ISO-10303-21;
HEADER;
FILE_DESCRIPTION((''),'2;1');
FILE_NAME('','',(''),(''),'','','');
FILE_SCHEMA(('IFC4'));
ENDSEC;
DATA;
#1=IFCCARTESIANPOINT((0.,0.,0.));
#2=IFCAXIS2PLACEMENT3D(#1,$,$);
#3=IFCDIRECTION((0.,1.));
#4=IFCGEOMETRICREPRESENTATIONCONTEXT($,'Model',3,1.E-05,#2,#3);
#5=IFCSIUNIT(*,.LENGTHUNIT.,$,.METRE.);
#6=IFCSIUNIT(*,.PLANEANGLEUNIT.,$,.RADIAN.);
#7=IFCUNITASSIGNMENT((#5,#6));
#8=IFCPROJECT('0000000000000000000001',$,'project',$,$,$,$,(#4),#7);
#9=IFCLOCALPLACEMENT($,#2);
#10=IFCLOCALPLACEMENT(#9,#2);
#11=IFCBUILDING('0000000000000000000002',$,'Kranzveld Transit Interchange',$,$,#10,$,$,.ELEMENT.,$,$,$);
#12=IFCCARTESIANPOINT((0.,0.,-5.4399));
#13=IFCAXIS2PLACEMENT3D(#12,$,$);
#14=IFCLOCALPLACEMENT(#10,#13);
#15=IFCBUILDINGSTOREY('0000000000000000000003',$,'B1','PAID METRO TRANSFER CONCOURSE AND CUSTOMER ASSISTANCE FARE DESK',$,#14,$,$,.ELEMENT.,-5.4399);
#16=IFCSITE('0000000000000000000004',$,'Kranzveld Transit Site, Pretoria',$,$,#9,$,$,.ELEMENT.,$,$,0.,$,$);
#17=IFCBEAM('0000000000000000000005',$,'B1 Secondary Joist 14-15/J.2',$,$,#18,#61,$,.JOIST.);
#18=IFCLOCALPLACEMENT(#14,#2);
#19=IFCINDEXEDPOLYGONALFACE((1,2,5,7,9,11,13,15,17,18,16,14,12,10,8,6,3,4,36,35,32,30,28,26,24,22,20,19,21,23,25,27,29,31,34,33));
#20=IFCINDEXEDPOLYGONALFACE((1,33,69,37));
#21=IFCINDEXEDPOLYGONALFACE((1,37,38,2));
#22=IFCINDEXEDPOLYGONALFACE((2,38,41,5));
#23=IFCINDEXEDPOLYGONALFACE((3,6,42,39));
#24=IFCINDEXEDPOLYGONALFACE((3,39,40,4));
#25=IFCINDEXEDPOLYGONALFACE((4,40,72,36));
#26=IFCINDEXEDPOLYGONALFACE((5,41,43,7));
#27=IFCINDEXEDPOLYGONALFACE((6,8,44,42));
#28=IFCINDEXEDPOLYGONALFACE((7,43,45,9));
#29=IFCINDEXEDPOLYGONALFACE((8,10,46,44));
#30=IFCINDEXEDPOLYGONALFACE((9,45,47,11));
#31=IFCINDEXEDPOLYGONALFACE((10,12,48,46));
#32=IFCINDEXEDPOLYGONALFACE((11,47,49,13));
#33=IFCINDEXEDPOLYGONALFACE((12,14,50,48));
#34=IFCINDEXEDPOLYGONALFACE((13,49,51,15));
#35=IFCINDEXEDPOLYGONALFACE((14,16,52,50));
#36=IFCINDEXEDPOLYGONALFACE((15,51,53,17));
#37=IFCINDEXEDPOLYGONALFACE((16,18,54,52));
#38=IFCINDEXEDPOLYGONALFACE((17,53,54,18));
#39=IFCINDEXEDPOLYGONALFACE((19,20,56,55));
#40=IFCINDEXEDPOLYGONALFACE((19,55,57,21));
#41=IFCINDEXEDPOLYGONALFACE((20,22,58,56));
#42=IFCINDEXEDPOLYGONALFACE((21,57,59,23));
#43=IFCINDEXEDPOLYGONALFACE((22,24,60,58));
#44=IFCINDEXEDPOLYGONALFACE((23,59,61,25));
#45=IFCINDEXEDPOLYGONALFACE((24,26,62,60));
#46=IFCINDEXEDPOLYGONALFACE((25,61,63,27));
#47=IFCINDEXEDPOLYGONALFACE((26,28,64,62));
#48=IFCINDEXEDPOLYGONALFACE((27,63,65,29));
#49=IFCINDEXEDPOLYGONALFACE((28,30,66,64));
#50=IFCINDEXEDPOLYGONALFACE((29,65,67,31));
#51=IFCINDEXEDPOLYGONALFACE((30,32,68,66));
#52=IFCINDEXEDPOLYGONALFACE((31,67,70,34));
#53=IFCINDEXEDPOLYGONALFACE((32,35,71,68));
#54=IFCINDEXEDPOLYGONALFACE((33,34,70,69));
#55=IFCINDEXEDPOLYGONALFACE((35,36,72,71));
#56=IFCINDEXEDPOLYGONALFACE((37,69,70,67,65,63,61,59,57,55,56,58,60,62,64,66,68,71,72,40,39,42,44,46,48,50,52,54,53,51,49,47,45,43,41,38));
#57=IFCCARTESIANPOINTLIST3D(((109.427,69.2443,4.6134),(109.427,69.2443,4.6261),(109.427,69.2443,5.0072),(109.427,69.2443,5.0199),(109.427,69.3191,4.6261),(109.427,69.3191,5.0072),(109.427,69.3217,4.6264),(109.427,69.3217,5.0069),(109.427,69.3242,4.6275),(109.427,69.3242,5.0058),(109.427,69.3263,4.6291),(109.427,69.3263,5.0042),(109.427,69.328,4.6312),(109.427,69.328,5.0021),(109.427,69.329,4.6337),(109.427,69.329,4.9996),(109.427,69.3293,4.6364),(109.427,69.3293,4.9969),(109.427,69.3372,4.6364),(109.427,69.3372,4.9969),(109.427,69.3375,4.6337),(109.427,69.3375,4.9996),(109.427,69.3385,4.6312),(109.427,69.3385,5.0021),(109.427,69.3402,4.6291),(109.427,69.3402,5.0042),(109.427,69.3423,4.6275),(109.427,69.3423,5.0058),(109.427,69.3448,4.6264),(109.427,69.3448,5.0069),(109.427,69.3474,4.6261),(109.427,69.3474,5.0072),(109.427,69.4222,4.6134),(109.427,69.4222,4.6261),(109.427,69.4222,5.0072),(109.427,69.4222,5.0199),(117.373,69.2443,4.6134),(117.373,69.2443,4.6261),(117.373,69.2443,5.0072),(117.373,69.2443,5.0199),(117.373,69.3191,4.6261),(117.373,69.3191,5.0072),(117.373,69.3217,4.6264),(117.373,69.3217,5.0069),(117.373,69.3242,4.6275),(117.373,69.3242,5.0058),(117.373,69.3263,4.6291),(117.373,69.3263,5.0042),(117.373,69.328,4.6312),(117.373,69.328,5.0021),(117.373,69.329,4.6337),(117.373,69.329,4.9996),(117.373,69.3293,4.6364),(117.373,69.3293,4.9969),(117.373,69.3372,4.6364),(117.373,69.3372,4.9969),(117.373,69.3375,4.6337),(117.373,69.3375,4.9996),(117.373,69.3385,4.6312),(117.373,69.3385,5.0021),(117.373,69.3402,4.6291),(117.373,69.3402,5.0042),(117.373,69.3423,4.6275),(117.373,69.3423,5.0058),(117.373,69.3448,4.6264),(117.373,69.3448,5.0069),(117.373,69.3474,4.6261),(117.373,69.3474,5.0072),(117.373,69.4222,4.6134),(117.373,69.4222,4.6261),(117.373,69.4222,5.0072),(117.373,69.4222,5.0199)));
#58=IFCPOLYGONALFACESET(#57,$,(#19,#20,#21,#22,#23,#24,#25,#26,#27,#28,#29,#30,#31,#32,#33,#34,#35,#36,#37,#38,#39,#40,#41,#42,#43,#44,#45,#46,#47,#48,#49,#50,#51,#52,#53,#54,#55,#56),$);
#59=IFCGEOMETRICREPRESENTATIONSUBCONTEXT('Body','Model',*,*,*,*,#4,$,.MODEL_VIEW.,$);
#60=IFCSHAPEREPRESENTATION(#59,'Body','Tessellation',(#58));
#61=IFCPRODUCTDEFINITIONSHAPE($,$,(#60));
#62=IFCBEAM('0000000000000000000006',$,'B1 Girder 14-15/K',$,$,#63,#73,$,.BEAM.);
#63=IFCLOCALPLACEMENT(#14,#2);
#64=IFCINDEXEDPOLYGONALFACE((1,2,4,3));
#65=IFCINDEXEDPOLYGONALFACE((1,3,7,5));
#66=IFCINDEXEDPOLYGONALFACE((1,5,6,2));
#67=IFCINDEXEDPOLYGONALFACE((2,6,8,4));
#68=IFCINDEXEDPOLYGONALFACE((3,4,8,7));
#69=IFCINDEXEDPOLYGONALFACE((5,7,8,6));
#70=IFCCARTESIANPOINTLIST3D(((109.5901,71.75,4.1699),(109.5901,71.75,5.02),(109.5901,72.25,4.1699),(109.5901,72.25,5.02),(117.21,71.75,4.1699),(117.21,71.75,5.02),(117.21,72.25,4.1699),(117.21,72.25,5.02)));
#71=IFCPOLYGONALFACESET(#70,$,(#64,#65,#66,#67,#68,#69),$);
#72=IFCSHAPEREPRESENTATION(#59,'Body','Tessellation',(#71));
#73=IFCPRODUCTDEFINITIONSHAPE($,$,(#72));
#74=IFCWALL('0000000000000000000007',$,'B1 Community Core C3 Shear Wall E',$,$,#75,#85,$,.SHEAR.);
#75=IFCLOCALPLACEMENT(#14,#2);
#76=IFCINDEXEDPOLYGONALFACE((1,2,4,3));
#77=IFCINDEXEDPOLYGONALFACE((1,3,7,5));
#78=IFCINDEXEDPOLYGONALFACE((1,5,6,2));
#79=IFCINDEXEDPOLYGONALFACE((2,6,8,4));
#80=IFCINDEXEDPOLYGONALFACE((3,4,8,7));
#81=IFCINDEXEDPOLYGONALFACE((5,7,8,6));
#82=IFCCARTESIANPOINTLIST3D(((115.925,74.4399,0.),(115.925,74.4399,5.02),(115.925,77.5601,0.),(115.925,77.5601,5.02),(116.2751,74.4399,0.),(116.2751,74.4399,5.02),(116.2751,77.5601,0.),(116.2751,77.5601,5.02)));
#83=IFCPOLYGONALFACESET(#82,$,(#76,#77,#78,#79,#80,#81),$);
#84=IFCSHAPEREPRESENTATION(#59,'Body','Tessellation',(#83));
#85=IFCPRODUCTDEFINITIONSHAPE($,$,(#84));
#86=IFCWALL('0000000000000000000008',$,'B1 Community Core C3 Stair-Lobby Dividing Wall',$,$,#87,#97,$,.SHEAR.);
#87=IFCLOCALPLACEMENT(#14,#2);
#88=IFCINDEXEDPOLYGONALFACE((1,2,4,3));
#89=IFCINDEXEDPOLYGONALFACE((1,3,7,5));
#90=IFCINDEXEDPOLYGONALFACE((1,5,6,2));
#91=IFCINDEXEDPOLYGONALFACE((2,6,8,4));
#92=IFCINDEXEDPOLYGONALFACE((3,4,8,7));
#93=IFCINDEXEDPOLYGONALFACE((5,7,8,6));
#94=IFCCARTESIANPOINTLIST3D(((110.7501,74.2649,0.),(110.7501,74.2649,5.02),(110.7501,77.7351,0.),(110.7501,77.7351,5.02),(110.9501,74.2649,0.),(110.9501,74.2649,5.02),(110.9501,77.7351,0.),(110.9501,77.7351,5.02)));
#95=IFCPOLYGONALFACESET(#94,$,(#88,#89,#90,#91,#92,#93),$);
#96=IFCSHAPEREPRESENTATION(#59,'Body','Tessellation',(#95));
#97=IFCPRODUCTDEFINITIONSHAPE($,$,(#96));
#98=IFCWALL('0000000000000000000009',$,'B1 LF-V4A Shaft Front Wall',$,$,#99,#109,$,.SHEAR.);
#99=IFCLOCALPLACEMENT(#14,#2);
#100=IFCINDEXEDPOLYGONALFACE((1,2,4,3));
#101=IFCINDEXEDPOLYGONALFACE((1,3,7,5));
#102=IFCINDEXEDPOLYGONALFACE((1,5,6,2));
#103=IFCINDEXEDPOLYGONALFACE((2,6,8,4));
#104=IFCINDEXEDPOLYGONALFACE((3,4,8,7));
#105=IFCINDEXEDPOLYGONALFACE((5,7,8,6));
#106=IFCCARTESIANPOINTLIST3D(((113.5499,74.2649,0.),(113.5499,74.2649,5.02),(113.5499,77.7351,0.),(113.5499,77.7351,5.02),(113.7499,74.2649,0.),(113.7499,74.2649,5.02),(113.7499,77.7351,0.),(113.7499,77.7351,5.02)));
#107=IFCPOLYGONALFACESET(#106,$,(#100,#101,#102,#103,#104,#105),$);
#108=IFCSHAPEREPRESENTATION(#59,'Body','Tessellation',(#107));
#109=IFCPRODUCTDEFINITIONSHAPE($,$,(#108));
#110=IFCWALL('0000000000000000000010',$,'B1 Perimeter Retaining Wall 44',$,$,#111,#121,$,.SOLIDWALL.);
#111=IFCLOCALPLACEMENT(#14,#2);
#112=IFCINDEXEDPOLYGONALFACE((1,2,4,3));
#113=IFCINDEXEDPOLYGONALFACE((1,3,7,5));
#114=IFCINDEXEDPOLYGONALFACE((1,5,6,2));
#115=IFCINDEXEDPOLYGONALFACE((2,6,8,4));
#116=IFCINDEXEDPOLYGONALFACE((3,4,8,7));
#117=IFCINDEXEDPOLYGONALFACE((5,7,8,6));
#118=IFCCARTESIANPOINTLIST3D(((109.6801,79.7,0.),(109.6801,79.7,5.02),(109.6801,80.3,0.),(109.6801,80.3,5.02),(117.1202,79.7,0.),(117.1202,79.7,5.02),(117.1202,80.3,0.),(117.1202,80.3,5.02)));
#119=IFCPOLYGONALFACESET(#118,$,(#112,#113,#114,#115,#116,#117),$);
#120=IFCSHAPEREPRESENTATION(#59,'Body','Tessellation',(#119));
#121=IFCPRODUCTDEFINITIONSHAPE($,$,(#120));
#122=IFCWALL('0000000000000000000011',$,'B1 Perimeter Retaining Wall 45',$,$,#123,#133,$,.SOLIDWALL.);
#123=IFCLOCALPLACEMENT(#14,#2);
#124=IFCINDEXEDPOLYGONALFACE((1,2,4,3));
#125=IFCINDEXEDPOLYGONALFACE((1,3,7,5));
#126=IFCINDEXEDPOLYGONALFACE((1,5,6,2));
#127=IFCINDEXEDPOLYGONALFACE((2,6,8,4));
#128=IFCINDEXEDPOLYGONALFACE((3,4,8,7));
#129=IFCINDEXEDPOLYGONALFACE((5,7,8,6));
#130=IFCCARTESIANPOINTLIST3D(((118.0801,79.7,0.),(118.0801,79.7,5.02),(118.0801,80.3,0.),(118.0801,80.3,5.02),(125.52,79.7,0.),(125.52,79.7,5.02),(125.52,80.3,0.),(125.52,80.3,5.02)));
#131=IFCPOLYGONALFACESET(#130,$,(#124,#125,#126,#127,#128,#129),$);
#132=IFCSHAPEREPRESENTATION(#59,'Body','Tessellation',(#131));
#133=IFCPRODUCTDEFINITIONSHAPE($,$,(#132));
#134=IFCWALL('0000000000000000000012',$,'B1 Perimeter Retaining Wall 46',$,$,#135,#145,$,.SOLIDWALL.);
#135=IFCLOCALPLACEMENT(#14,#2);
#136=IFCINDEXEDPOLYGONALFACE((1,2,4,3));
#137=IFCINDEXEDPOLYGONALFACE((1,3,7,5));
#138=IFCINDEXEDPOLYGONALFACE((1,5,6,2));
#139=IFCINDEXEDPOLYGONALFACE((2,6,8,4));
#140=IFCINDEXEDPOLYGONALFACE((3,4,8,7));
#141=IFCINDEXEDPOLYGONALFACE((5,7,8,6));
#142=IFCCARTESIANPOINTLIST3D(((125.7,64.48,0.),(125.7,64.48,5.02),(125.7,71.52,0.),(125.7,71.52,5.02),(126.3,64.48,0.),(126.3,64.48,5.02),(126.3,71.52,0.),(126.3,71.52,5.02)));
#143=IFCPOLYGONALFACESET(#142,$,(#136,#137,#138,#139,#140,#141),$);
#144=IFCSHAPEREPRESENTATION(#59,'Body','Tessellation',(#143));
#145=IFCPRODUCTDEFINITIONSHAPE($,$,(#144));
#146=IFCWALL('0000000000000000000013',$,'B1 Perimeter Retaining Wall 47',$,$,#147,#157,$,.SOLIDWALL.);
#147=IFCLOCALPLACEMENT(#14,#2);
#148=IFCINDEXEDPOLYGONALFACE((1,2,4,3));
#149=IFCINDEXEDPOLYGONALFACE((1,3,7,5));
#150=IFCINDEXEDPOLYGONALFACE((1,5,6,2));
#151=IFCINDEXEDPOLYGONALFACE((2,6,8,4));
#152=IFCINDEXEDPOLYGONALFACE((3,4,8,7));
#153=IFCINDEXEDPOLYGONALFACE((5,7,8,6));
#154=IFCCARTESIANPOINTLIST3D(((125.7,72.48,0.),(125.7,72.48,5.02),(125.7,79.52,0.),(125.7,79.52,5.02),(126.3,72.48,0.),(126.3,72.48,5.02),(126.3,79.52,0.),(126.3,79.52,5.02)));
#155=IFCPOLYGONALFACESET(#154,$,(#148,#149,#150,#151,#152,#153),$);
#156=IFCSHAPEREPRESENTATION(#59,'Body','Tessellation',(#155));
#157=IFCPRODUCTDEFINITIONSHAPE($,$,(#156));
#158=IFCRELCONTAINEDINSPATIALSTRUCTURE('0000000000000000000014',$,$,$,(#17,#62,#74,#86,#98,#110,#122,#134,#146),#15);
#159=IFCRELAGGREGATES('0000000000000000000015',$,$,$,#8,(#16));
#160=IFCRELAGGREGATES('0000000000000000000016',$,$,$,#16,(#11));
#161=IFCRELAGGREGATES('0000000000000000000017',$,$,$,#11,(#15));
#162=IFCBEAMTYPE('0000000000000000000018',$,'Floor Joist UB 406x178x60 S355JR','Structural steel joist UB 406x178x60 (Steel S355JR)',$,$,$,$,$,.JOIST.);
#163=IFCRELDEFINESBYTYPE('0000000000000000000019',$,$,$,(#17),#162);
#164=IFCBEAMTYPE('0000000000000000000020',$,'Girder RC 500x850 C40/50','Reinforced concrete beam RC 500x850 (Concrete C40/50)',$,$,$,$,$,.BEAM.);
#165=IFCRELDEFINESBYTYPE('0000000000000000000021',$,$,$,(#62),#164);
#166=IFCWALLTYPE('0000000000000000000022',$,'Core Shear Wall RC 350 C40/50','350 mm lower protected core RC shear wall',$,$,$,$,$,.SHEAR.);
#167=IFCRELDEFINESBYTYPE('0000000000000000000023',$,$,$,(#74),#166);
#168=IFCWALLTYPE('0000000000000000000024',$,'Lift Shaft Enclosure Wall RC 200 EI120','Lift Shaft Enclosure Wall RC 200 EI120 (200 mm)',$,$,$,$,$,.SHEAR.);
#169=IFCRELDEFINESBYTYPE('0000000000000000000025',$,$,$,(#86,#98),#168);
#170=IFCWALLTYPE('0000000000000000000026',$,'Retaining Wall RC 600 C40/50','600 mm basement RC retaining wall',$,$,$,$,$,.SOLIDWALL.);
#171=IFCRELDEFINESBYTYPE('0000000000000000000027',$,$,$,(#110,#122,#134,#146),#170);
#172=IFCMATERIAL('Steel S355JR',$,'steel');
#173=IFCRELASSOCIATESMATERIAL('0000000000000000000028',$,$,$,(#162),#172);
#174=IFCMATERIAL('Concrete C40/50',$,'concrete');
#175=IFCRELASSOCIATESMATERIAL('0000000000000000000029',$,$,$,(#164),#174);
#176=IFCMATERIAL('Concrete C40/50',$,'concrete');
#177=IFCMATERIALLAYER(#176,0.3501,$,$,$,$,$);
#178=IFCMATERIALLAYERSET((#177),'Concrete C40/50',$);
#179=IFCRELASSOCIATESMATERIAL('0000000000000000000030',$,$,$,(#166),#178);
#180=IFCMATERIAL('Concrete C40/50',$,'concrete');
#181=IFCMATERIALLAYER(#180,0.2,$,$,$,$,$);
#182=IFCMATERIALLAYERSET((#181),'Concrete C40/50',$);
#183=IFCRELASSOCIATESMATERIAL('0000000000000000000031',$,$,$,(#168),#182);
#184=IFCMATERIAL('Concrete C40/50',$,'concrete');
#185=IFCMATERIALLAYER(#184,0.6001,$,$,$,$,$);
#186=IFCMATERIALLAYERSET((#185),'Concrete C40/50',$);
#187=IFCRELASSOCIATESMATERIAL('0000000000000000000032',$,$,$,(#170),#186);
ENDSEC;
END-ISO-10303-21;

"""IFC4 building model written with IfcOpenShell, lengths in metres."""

from ifc_helpers import new_model, si_unit, direction, frame, frame_2d, origin, origin_2d, place, context, subcontext, project, spatial, rectangle, i_section, extrude, material, layer, layer_set, material_profile, profile_set, type_object, element, save


model = new_model("IFC4")

# Units and contexts
model_context = context("Model", 3, precision=1e-05, world=origin(), true_north=direction((0.0, 1.0)))
body_context = subcontext(model_context, "Body", "Model", "MODEL_VIEW")
ifc_project = project(units=[si_unit("LENGTHUNIT", "METRE"), si_unit("PLANEANGLEUNIT", "RADIAN")], contexts=[model_context])

# Site, building, storey
site_placement = place(None, origin())
site = spatial("IfcSite", under=ifc_project, at=site_placement, Name="Kranzveld Transit Site, Pretoria", CompositionType="ELEMENT", RefElevation=0.0)
building_placement = place(site_placement, origin())
building = spatial("IfcBuilding", under=site, at=building_placement, Name="Kranzveld Transit Interchange", CompositionType="ELEMENT")
storey_placement = place(building_placement, frame((0.0, 0.0, -5.4399)))
storey = spatial("IfcBuildingStorey", under=building, at=storey_placement, Name="B1", Description="PAID METRO TRANSFER CONCOURSE AND CUSTOMER ASSISTANCE FARE DESK", CompositionType="ELEMENT", Elevation=-5.4399)

# Beams
ifc_material_1 = material(Name="Steel S355JR", Category="steel")
ifc_material_profile_1 = material_profile(ifc_material_1, i_section(OverallWidth=0.178, OverallDepth=0.4065, WebThickness=0.0078, FlangeThickness=0.0127, FilletRadius=0.0103, at=origin_2d()), Name="UB 406x178x60")
ifc_profile_set_1 = profile_set([ifc_material_profile_1], Name="Steel S355JR")
beam_type_1 = type_object("IfcBeamType", Name="Floor Joist UB 406x178x60 S355JR", Description="Structural steel joist UB 406x178x60 (Steel S355JR)", PredefinedType="JOIST", material=ifc_profile_set_1)
for number, where, z_axis, x_axis, name in (
    (1, (109.427, 69.3333, 4.8167), (1.0, 0.0, 0.0), (0.0, 1.0, 0.0), "B1 Secondary Joist 14-15/J.2"),
):
    element("IfcBeam", number, at=place(storey_placement, frame(where, z_axis=z_axis, x_axis=x_axis)), inside=storey, type_object=beam_type_1, Name=name, PredefinedType="JOIST", context=body_context, shape_type="SweptSolid", body=[
        extrude(i_section(OverallWidth=0.178, OverallDepth=0.4065, WebThickness=0.0078, FlangeThickness=0.0127, FilletRadius=0.0103, at=origin_2d()), origin(), (0.0, 0.0, 1.0), 7.946),
    ])
ifc_material_2 = material(Name="Concrete C40/50", Category="concrete")
ifc_material_profile_2 = material_profile(ifc_material_2, rectangle(XDim=0.5, YDim=0.8501, at=origin_2d()), Name="RC 500x850")
ifc_profile_set_2 = profile_set([ifc_material_profile_2], Name="Concrete C40/50")
beam_type_2 = type_object("IfcBeamType", Name="Girder RC 500x850 C40/50", Description="Reinforced concrete beam RC 500x850 (Concrete C40/50)", PredefinedType="BEAM", material=ifc_profile_set_2)
beam_1_placement = place(storey_placement, frame((109.5901, 72.0, 4.595), z_axis=(1.0, 0.0, 0.0), x_axis=(0.0, 1.0, 0.0)))
element("IfcBeam", 2, at=beam_1_placement, inside=storey, type_object=beam_type_2, Name="B1 Girder 14-15/K", PredefinedType="BEAM", context=body_context, shape_type="SweptSolid", body=[
    extrude(rectangle(XDim=0.5, YDim=0.8501, at=origin_2d()), origin(), (0.0, 0.0, 1.0), 7.6199),
])

# Walls
ifc_material_3 = material(Name="Concrete C40/50", Category="concrete")
ifc_layer_1 = layer(ifc_material_3, 0.3501)
ifc_layer_set_1 = layer_set([ifc_layer_1], Name="Concrete C40/50")
wall_type_1 = type_object("IfcWallType", Name="Core Shear Wall RC 350 C40/50", Description="350 mm lower protected core RC shear wall", PredefinedType="SHEAR", material=ifc_layer_set_1)
wall_1_placement = place(storey_placement, frame((116.1001, 74.4399, 0.0), z_axis=(0.0, 0.0, 1.0), x_axis=(0.0, 1.0, 0.0)))
element("IfcWall", 3, at=wall_1_placement, inside=storey, type_object=wall_type_1, Name="B1 Community Core C3 Shear Wall E", PredefinedType="SHEAR", context=body_context, shape_type="SweptSolid", body=[
    extrude(rectangle(XDim=3.1201, YDim=0.3501, at=frame_2d((1.5601, 0.0))), origin(), (0.0, 0.0, 1.0), 5.02),
])
ifc_material_4 = material(Name="Concrete C40/50", Category="concrete")
ifc_layer_2 = layer(ifc_material_4, 0.2)
ifc_layer_set_2 = layer_set([ifc_layer_2], Name="Concrete C40/50")
wall_type_2 = type_object("IfcWallType", Name="Lift Shaft Enclosure Wall RC 200 EI120", Description="Lift Shaft Enclosure Wall RC 200 EI120 (200 mm)", PredefinedType="SHEAR", material=ifc_layer_set_2)
for number, where, z_axis, x_axis, name in (
    (4, (110.8501, 74.2649, 0.0), (0.0, 0.0, 1.0), (0.0, 1.0, 0.0), "B1 Community Core C3 Stair-Lobby Dividing Wall"),
    (5, (113.6499, 74.2649, 0.0), (0.0, 0.0, 1.0), (0.0, 1.0, 0.0), "B1 LF-V4A Shaft Front Wall"),
):
    element("IfcWall", number, at=place(storey_placement, frame(where, z_axis=z_axis, x_axis=x_axis)), inside=storey, type_object=wall_type_2, Name=name, PredefinedType="SHEAR", context=body_context, shape_type="SweptSolid", body=[
        extrude(rectangle(XDim=3.4702, YDim=0.2, at=frame_2d((1.7351, 0.0))), origin(), (0.0, 0.0, 1.0), 5.02),
    ])
ifc_material_5 = material(Name="Concrete C40/50", Category="concrete")
ifc_layer_3 = layer(ifc_material_5, 0.6001)
ifc_layer_set_3 = layer_set([ifc_layer_3], Name="Concrete C40/50")
wall_type_3 = type_object("IfcWallType", Name="Retaining Wall RC 600 C40/50", Description="600 mm basement RC retaining wall", PredefinedType="SOLIDWALL", material=ifc_layer_set_3)
wall_2_placement = place(storey_placement, frame((109.6799, 80.0, 0.0), z_axis=(0.0, 0.0, 1.0), x_axis=(1.0, 0.0, 0.0)))
element("IfcWall", 6, at=wall_2_placement, inside=storey, type_object=wall_type_3, Name="B1 Perimeter Retaining Wall 44", PredefinedType="SOLIDWALL", context=body_context, shape_type="SweptSolid", body=[
    extrude(rectangle(XDim=7.4402, YDim=0.6001, at=frame_2d((3.7202, 0.0))), origin(), (0.0, 0.0, 1.0), 5.02),
])
wall_3_placement = place(storey_placement, frame((118.0801, 80.0, 0.0), z_axis=(0.0, 0.0, 1.0), x_axis=(1.0, 0.0, 0.0)))
element("IfcWall", 7, at=wall_3_placement, inside=storey, type_object=wall_type_3, Name="B1 Perimeter Retaining Wall 45", PredefinedType="SOLIDWALL", context=body_context, shape_type="SweptSolid", body=[
    extrude(rectangle(XDim=7.4399, YDim=0.6001, at=frame_2d((3.72, 0.0))), origin(), (0.0, 0.0, 1.0), 5.02),
])
for number, where, z_axis, x_axis, name in (
    (8, (126.0, 64.48, 0.0), (0.0, 0.0, 1.0), (0.0, 1.0, 0.0), "B1 Perimeter Retaining Wall 46"),
    (9, (126.0, 72.48, 0.0), (0.0, 0.0, 1.0), (0.0, 1.0, 0.0), "B1 Perimeter Retaining Wall 47"),
):
    element("IfcWall", number, at=place(storey_placement, frame(where, z_axis=z_axis, x_axis=x_axis)), inside=storey, type_object=wall_type_3, Name=name, PredefinedType="SOLIDWALL", context=body_context, shape_type="SweptSolid", body=[
        extrude(rectangle(XDim=7.04, YDim=0.6001, at=frame_2d((3.52, 0.0))), origin(), (0.0, 0.0, 1.0), 5.02),
    ])

save(model, "model.ifc")
